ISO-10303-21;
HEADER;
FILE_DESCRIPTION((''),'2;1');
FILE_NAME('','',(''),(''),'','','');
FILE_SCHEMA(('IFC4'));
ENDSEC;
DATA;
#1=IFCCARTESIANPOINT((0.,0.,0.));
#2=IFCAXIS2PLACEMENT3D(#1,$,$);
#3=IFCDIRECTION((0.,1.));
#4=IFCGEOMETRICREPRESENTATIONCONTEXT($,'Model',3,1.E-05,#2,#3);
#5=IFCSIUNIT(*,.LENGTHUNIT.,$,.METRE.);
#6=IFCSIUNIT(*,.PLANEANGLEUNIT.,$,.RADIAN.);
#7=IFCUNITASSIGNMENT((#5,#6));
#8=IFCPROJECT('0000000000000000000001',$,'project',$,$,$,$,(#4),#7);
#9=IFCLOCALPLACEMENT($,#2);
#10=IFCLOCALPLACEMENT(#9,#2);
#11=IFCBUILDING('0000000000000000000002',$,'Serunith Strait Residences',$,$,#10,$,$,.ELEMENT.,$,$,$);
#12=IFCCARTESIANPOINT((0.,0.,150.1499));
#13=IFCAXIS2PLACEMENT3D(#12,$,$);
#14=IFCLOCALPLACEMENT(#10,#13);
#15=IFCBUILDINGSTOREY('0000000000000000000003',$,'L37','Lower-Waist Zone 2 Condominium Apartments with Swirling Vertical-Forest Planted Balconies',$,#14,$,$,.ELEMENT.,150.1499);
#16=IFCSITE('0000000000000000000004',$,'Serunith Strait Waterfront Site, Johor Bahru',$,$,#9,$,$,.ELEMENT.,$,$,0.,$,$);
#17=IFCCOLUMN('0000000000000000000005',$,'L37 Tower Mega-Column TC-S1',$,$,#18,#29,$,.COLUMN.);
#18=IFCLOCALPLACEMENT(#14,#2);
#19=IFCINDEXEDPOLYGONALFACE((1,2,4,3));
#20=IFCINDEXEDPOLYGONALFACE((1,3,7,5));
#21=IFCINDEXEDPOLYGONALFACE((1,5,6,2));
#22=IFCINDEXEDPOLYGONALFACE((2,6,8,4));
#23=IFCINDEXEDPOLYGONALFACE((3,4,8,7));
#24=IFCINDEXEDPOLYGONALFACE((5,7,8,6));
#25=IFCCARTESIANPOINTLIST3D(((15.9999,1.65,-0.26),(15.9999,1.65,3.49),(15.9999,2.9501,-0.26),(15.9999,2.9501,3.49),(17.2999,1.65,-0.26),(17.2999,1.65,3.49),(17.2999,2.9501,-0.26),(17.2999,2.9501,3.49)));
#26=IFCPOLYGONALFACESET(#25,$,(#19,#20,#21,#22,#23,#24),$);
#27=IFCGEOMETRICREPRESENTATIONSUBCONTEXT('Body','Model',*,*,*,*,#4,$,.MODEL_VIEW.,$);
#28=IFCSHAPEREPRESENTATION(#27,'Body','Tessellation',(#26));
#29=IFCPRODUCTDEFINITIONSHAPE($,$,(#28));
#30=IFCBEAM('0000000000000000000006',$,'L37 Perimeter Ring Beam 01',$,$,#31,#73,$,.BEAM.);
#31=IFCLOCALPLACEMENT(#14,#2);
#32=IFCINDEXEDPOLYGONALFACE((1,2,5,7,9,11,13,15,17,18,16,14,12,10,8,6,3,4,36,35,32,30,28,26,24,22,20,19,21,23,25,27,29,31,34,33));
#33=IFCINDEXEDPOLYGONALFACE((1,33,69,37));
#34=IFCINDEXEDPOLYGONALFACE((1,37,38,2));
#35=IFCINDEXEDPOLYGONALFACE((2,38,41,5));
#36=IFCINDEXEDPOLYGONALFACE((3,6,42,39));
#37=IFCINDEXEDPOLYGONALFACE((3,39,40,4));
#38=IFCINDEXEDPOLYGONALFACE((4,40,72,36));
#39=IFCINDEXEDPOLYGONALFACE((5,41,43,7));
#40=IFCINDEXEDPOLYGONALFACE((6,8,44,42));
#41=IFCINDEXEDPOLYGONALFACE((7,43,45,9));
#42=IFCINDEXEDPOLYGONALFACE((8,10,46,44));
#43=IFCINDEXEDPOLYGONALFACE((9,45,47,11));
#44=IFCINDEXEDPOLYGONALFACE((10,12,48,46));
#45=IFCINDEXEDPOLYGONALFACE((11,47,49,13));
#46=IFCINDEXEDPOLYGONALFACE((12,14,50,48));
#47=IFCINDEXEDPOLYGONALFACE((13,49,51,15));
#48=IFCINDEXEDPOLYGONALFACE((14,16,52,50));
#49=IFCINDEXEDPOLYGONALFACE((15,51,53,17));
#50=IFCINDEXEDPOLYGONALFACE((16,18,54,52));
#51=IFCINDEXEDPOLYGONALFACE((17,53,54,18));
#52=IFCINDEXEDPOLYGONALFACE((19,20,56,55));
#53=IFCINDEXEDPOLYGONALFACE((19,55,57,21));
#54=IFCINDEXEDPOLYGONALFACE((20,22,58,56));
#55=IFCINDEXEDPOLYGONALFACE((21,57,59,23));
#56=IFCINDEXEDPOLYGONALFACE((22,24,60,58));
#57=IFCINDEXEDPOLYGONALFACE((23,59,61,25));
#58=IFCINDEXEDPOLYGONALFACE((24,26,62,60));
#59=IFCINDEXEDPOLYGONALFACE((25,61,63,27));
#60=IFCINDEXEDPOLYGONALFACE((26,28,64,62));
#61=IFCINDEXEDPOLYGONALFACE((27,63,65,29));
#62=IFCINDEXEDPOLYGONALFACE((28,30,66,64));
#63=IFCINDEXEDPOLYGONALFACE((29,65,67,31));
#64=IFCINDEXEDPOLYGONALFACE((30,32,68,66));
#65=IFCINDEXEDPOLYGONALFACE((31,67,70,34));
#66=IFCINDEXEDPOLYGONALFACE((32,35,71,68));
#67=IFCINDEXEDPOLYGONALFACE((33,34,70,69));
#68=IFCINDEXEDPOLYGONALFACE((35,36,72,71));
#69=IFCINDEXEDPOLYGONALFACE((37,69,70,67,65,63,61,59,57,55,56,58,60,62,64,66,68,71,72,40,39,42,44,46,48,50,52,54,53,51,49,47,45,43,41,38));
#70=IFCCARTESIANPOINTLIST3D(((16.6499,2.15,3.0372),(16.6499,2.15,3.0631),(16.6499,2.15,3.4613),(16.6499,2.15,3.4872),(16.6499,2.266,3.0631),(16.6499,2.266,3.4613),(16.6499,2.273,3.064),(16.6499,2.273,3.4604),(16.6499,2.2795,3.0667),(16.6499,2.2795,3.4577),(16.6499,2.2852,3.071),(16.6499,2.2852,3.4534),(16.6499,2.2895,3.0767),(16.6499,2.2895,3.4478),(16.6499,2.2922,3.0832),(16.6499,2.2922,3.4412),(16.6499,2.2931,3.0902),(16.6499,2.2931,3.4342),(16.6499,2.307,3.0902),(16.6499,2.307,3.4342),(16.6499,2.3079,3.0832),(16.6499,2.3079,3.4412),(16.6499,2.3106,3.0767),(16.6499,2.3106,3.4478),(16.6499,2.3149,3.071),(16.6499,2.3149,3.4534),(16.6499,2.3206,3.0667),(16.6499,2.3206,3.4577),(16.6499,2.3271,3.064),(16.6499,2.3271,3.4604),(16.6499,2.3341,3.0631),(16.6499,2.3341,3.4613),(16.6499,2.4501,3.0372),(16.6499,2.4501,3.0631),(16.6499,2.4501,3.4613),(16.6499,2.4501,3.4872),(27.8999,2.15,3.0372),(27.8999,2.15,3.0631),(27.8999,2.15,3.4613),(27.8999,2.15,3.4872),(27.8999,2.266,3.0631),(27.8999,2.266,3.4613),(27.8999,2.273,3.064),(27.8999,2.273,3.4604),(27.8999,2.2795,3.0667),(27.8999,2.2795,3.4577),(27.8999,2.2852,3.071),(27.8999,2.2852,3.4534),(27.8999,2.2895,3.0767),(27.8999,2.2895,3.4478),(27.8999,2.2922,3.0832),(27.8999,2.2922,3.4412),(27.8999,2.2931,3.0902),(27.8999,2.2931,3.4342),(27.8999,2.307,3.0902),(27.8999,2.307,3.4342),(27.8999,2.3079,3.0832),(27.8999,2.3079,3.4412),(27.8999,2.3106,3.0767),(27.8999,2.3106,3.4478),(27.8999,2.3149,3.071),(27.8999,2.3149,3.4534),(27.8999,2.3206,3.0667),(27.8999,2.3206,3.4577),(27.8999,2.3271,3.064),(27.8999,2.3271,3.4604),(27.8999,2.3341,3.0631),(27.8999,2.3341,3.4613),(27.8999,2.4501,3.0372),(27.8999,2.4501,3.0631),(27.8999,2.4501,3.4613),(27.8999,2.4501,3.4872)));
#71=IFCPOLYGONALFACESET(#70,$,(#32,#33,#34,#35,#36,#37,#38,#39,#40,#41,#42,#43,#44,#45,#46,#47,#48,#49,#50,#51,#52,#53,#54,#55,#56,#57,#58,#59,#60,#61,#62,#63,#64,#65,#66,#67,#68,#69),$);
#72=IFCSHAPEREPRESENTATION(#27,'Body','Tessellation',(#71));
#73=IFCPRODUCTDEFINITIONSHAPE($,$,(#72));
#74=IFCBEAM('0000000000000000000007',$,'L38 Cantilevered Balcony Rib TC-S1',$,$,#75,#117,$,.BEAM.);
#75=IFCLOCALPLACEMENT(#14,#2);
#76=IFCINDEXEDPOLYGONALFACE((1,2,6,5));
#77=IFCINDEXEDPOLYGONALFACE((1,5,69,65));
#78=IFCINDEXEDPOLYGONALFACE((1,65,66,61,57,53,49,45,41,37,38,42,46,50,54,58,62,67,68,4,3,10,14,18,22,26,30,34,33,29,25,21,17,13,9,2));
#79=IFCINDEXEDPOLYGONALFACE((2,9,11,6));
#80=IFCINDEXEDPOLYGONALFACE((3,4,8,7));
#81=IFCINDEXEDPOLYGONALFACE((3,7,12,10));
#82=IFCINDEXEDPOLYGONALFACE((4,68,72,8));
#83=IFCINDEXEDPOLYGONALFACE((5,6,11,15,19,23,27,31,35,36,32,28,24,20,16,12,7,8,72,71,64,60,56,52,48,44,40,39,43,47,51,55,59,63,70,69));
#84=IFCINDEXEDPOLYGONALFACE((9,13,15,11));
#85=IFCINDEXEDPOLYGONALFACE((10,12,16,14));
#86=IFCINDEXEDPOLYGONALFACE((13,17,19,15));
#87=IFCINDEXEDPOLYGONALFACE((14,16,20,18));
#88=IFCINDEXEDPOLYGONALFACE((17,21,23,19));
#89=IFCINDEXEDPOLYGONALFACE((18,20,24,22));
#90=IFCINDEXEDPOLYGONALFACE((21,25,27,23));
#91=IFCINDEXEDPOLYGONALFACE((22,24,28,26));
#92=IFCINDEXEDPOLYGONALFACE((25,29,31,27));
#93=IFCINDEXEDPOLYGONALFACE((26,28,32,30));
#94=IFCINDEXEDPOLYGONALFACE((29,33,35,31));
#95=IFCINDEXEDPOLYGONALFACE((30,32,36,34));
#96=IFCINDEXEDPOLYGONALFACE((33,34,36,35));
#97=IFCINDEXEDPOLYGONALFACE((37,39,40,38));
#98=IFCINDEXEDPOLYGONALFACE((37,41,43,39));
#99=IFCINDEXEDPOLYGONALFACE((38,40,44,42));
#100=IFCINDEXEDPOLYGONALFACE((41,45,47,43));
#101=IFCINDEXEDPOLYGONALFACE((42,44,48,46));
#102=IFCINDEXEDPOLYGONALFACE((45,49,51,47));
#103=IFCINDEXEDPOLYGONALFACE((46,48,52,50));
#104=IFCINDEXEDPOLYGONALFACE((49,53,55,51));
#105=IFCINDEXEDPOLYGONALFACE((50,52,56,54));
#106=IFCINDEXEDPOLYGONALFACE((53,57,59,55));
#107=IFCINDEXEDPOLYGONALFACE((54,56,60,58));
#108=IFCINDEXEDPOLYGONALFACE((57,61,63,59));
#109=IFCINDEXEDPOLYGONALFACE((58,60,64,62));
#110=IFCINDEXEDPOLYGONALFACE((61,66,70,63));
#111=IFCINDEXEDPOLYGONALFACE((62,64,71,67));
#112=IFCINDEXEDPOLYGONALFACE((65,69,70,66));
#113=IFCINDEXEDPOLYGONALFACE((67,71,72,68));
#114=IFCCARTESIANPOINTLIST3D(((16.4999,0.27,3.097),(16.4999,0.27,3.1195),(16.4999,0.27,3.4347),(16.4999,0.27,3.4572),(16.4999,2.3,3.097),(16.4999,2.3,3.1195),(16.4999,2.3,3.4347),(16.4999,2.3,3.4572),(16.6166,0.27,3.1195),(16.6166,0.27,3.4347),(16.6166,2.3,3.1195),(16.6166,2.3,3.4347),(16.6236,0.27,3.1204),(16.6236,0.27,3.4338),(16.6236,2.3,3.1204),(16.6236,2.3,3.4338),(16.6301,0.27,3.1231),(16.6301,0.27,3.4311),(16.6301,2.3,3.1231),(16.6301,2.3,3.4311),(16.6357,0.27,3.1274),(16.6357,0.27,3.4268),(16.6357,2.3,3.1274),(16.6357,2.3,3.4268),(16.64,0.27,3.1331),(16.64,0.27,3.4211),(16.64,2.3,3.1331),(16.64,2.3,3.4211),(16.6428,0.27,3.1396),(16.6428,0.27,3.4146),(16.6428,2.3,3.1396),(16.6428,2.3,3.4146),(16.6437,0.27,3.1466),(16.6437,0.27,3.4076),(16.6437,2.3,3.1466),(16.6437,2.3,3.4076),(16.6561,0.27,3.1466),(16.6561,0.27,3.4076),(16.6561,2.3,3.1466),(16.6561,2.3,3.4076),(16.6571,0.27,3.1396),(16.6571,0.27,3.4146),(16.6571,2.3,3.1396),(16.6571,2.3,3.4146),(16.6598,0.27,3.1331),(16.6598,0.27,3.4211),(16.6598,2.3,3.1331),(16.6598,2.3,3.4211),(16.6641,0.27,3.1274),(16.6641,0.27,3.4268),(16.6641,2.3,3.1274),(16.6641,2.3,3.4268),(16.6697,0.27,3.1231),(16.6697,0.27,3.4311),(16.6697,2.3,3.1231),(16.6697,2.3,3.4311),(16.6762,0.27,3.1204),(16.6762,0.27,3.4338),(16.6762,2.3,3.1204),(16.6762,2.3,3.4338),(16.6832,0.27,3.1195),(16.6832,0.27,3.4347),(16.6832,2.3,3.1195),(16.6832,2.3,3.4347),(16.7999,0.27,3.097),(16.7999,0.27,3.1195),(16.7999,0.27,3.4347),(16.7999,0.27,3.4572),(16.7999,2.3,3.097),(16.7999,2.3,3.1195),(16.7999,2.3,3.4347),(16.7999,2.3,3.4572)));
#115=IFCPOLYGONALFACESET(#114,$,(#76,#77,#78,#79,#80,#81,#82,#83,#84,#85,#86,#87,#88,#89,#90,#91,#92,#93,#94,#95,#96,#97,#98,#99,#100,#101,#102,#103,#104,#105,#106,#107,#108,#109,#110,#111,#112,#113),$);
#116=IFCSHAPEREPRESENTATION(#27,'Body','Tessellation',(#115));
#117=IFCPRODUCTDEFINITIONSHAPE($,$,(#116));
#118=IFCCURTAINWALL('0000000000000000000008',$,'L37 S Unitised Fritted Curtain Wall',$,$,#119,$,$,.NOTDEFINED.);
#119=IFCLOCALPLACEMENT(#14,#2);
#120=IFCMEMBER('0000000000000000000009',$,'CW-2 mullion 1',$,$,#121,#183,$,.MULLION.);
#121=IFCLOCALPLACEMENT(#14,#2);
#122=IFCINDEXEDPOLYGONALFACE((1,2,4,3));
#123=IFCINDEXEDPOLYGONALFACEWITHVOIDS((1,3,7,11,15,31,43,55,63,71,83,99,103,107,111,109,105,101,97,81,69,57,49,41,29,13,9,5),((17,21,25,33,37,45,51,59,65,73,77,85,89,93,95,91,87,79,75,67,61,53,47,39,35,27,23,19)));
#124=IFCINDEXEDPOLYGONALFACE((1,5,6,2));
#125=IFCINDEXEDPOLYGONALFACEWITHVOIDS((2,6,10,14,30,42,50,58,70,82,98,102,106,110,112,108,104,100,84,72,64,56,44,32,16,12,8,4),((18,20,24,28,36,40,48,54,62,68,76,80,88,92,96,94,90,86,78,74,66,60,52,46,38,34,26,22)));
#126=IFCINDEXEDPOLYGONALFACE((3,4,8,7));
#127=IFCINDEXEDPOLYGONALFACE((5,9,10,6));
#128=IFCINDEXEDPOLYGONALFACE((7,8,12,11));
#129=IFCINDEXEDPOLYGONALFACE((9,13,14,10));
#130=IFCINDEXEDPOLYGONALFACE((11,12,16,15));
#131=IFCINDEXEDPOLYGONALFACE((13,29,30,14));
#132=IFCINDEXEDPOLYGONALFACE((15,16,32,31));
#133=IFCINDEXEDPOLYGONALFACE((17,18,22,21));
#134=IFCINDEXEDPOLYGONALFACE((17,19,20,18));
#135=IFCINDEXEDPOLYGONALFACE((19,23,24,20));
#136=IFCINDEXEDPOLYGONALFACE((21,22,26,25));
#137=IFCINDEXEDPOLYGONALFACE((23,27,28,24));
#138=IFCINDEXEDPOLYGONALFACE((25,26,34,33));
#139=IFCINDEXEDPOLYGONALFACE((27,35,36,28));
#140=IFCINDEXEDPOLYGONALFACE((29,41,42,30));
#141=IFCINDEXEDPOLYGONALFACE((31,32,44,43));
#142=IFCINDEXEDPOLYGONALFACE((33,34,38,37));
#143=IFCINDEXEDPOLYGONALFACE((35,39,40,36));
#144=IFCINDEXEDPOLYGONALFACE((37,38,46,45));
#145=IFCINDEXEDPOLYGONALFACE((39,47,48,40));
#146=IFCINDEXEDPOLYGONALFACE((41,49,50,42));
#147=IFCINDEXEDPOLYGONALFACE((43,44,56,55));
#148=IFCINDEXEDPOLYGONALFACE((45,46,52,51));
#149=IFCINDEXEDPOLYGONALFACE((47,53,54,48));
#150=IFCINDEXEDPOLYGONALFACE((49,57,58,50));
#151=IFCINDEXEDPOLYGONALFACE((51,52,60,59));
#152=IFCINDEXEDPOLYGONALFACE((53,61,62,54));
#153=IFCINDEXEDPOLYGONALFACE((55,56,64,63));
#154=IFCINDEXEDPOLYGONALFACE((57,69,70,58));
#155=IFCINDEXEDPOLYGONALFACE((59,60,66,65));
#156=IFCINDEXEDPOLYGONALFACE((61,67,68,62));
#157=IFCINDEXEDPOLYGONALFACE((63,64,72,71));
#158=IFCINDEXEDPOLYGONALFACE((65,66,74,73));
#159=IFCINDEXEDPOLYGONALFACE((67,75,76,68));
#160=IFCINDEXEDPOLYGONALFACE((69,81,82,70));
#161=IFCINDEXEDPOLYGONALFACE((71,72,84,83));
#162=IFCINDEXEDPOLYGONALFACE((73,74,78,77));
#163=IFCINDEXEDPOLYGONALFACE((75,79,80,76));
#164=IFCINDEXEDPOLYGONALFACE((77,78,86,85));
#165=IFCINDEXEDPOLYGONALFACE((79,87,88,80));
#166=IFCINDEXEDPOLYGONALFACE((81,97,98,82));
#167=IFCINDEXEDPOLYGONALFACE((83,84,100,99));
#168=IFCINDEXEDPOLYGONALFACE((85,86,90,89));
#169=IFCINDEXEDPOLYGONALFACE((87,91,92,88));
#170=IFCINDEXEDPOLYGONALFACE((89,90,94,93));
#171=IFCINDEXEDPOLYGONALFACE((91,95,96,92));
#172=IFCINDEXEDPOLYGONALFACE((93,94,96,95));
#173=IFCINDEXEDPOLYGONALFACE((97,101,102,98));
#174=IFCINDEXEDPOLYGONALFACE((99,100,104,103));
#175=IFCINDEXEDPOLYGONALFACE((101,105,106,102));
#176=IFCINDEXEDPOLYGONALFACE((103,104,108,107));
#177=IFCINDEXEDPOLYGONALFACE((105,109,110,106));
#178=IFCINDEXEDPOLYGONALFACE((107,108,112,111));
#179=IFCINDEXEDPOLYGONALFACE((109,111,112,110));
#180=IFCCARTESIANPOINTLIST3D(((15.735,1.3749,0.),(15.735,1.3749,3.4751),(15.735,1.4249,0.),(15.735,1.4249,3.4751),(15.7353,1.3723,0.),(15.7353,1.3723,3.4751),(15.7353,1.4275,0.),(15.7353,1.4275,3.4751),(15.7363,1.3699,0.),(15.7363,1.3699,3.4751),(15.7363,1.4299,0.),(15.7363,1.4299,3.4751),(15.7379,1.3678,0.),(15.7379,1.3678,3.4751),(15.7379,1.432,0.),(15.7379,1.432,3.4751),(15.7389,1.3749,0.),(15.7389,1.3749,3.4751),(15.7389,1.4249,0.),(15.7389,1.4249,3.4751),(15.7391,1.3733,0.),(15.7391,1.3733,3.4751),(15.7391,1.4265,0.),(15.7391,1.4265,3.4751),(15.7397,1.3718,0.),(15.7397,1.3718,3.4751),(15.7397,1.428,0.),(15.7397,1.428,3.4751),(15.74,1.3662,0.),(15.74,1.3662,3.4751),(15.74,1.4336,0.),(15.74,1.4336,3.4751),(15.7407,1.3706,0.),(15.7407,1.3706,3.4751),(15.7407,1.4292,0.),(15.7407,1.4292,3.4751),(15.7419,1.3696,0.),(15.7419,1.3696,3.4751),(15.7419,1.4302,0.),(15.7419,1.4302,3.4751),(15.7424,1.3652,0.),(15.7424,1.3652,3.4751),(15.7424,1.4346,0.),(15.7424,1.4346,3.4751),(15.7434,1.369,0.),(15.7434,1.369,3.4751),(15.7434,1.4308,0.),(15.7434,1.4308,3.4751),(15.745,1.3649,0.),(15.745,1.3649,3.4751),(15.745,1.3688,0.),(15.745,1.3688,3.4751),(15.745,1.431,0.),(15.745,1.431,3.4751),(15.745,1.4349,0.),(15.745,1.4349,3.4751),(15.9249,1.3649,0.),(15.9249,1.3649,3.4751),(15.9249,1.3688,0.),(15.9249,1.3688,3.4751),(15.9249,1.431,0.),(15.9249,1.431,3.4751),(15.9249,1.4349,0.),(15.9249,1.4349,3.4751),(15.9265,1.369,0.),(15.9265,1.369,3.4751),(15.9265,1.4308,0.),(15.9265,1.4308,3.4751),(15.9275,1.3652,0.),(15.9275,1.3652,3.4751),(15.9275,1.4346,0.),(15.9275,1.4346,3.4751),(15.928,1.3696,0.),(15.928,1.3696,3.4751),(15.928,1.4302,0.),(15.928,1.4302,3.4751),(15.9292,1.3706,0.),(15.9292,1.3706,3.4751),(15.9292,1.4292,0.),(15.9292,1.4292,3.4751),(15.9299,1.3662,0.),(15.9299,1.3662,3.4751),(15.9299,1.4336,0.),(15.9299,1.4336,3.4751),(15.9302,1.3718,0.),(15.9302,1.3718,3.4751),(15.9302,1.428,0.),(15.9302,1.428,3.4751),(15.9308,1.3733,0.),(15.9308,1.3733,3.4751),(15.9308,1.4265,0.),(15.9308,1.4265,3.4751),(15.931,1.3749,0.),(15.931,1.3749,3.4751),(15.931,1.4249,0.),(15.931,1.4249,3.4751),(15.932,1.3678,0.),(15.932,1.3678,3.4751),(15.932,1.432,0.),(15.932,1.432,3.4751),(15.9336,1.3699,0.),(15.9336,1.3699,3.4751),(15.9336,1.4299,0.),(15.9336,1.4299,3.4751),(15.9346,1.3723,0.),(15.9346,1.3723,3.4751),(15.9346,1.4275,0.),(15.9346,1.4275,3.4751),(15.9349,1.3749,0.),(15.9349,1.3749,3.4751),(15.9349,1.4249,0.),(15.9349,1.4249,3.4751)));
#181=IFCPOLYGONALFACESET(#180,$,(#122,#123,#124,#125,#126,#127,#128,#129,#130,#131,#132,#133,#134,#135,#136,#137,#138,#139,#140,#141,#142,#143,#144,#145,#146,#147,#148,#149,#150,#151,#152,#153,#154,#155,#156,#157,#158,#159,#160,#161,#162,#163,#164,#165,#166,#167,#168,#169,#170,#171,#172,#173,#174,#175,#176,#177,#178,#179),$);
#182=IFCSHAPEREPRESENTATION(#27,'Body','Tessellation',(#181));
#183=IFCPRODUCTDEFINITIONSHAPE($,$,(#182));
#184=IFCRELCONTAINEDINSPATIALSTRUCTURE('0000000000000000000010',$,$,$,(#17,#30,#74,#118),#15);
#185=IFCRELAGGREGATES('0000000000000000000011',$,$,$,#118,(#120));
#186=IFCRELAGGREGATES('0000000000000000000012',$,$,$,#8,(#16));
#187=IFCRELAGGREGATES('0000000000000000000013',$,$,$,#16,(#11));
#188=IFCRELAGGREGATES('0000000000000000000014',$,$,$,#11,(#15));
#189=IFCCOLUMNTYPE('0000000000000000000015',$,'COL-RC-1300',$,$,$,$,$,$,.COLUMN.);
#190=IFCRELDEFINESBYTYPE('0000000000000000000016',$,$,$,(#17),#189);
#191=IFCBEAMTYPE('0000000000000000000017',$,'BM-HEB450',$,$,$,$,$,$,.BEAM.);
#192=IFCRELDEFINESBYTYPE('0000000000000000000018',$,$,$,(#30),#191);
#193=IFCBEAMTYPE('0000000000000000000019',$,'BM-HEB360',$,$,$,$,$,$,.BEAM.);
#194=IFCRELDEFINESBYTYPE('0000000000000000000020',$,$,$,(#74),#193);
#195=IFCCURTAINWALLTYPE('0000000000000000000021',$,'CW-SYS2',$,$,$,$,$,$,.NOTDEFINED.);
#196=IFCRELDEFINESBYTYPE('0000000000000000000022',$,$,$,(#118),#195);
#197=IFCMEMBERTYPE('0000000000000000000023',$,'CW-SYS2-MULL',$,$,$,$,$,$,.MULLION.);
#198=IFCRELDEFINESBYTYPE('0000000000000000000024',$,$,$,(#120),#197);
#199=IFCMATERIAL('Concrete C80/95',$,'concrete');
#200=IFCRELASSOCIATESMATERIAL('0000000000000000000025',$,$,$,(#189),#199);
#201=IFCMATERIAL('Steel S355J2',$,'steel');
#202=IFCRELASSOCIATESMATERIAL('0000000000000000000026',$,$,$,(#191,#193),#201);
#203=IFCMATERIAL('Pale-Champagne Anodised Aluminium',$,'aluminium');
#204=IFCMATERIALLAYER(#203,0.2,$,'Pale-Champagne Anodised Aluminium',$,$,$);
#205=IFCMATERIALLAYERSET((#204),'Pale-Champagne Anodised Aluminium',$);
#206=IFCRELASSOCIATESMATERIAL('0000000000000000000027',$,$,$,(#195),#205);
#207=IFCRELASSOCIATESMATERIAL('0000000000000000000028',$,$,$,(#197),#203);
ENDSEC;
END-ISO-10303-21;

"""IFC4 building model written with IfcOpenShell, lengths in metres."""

from ifc_helpers import new_model, si_unit, direction, frame, origin, origin_2d, place, context, subcontext, project, spatial, rectangle, hollow_rectangle, i_section, extrude, source, transform, mapped, material, layer, layer_set, material_profile, profile_set, type_object, element, aggregate, save


model = new_model("IFC4")

# Units and contexts
model_context = context("Model", 3, precision=1e-05, world=origin(), true_north=direction((0.0, 1.0)))
body_context = subcontext(model_context, "Body", "Model", "MODEL_VIEW")
ifc_project = project(units=[si_unit("LENGTHUNIT", "METRE"), si_unit("PLANEANGLEUNIT", "RADIAN")], contexts=[model_context])

# Site, building, storey
site_placement = place(None, origin())
site = spatial("IfcSite", under=ifc_project, at=site_placement, Name="Serunith Strait Waterfront Site, Johor Bahru", CompositionType="ELEMENT", RefElevation=0.0)
building_placement = place(site_placement, origin())
building = spatial("IfcBuilding", under=site, at=building_placement, Name="Serunith Strait Residences", CompositionType="ELEMENT")
storey_placement = place(building_placement, frame((0.0, 0.0, 150.1499)))
storey = spatial("IfcBuildingStorey", under=building, at=storey_placement, Name="L37", Description="Lower-Waist Zone 2 Condominium Apartments with Swirling Vertical-Forest Planted Balconies", CompositionType="ELEMENT", Elevation=150.1499)

# Column
ifc_material_1 = material(Name="Concrete C80/95", Category="concrete")
ifc_material_profile_1 = material_profile(ifc_material_1, rectangle(XDim=1.3, YDim=1.3, at=origin_2d()), Name="RC 1300x1300")
ifc_profile_set_1 = profile_set([ifc_material_profile_1], Name="Concrete C80/95")
column_type = type_object("IfcColumnType", Name="COL-RC-1300", PredefinedType="COLUMN", material=ifc_profile_set_1)
shared_shape_1 = source(origin(), body_context, "Body", "SweptSolid", [
    extrude(rectangle(XDim=1.3, YDim=1.3, at=origin_2d()), origin(), (0.0, 0.0, 1.0), 3.75),
])
column_placement = place(storey_placement, frame((16.6499, 2.3, -0.26), z_axis=(0.0, 0.0, 1.0), x_axis=(1.0, 0.0, 0.0)))
element("IfcColumn", 1, at=column_placement, inside=storey, type_object=column_type, Name="L37 Tower Mega-Column TC-S1", PredefinedType="COLUMN", context=body_context, shape_type="MappedRepresentation", body=[
    mapped(shared_shape_1, transform((0.0, 0.0, 0.0), scale=1.0)),
])

# Beams
ifc_material_2 = material(Name="Steel S355J2", Category="steel")
ifc_material_profile_2 = material_profile(ifc_material_2, i_section(OverallWidth=0.3, OverallDepth=0.45, WebThickness=0.0139, FlangeThickness=0.0259, FilletRadius=0.0271, at=origin_2d()), Name="HEB 450")
ifc_profile_set_2 = profile_set([ifc_material_profile_2], Name="Steel S355J2")
beam_type_1 = type_object("IfcBeamType", Name="BM-HEB450", PredefinedType="BEAM", material=ifc_profile_set_2)
shared_shape_2 = source(origin(), body_context, "Body", "SweptSolid", [
    extrude(i_section(OverallWidth=0.3, OverallDepth=0.45, WebThickness=0.0139, FlangeThickness=0.0259, FilletRadius=0.0271, at=origin_2d()), origin(), (0.0, 0.0, 1.0), 11.25),
])
beam_1_placement = place(storey_placement, frame((16.6499, 2.3, 3.2622), z_axis=(1.0, 0.0, 0.0), x_axis=(0.0, 1.0, 0.0)))
element("IfcBeam", 2, at=beam_1_placement, inside=storey, type_object=beam_type_1, Name="L37 Perimeter Ring Beam 01", PredefinedType="BEAM", context=body_context, shape_type="MappedRepresentation", body=[
    mapped(shared_shape_2, transform((0.0, 0.0, 0.0), scale=1.0)),
])
ifc_material_profile_3 = material_profile(ifc_material_2, i_section(OverallWidth=0.3, OverallDepth=0.3601, WebThickness=0.0125, FlangeThickness=0.0225, FilletRadius=0.0271, at=origin_2d()), Name="HEB 360")
ifc_profile_set_3 = profile_set([ifc_material_profile_3], Name="Steel S355J2")
beam_type_2 = type_object("IfcBeamType", Name="BM-HEB360", PredefinedType="BEAM", material=ifc_profile_set_3)
shared_shape_3 = source(origin(), body_context, "Body", "SweptSolid", [
    extrude(i_section(OverallWidth=0.3, OverallDepth=0.3601, WebThickness=0.0125, FlangeThickness=0.0225, FilletRadius=0.0271, at=origin_2d()), origin(), (0.0, 0.0, 1.0), 2.03),
])
beam_2_placement = place(storey_placement, frame((16.6499, 2.3, 3.2771), z_axis=(0.0, -1.0, 0.0), x_axis=(1.0, 0.0, 0.0)))
element("IfcBeam", 3, at=beam_2_placement, inside=storey, type_object=beam_type_2, Name="L38 Cantilevered Balcony Rib TC-S1", PredefinedType="BEAM", context=body_context, shape_type="MappedRepresentation", body=[
    mapped(shared_shape_3, transform((0.0, 0.0, 0.0), scale=1.0)),
])

# Curtain wall, member
ifc_material_3 = material(Name="Pale-Champagne Anodised Aluminium", Category="aluminium")
ifc_layer_1 = layer(ifc_material_3, 0.2, Name="Pale-Champagne Anodised Aluminium")
ifc_layer_set_1 = layer_set([ifc_layer_1], Name="Pale-Champagne Anodised Aluminium")
curtain_wall_type = type_object("IfcCurtainWallType", Name="CW-SYS2", PredefinedType="NOTDEFINED", material=ifc_layer_set_1)
curtain_wall_1_placement = place(storey_placement, origin())
curtain_wall_1 = element("IfcCurtainWall", 4, at=curtain_wall_1_placement, inside=storey, type_object=curtain_wall_type, Name="L37 S Unitised Fritted Curtain Wall", PredefinedType="NOTDEFINED")
ifc_material_profile_4 = material_profile(ifc_material_3, hollow_rectangle(XDim=0.0701, YDim=0.2, WallThickness=0.0039, InnerFilletRadius=0.0061, OuterFilletRadius=0.01, at=origin_2d()), Name="ALU 200x70x4")
ifc_profile_set_4 = profile_set([ifc_material_profile_4], Name="Pale-Champagne Anodised Aluminium")
member_type_1 = type_object("IfcMemberType", Name="CW-SYS2-MULL", PredefinedType="MULLION", material=ifc_profile_set_4)
shared_shape_4 = source(origin(), body_context, "Body", "SweptSolid", [
    extrude(hollow_rectangle(XDim=0.0701, YDim=0.2, WallThickness=0.0039, InnerFilletRadius=0.0061, OuterFilletRadius=0.01, at=origin_2d()), origin(), (0.0, 0.0, 1.0), 3.4751),
])
member_1_placement = place(storey_placement, frame((15.835, 1.3999, 0.0), z_axis=(0.0, 0.0, 1.0), x_axis=(0.0, 1.0, 0.0)))
member_1 = element("IfcMember", 5, at=member_1_placement, type_object=member_type_1, Name="CW-2 mullion 1", PredefinedType="MULLION", context=body_context, shape_type="MappedRepresentation", body=[
    mapped(shared_shape_4, transform((0.0, 0.0, 0.0), scale=1.0)),
])

aggregate(curtain_wall_1, [member_1])

save(model, "model.ifc")
